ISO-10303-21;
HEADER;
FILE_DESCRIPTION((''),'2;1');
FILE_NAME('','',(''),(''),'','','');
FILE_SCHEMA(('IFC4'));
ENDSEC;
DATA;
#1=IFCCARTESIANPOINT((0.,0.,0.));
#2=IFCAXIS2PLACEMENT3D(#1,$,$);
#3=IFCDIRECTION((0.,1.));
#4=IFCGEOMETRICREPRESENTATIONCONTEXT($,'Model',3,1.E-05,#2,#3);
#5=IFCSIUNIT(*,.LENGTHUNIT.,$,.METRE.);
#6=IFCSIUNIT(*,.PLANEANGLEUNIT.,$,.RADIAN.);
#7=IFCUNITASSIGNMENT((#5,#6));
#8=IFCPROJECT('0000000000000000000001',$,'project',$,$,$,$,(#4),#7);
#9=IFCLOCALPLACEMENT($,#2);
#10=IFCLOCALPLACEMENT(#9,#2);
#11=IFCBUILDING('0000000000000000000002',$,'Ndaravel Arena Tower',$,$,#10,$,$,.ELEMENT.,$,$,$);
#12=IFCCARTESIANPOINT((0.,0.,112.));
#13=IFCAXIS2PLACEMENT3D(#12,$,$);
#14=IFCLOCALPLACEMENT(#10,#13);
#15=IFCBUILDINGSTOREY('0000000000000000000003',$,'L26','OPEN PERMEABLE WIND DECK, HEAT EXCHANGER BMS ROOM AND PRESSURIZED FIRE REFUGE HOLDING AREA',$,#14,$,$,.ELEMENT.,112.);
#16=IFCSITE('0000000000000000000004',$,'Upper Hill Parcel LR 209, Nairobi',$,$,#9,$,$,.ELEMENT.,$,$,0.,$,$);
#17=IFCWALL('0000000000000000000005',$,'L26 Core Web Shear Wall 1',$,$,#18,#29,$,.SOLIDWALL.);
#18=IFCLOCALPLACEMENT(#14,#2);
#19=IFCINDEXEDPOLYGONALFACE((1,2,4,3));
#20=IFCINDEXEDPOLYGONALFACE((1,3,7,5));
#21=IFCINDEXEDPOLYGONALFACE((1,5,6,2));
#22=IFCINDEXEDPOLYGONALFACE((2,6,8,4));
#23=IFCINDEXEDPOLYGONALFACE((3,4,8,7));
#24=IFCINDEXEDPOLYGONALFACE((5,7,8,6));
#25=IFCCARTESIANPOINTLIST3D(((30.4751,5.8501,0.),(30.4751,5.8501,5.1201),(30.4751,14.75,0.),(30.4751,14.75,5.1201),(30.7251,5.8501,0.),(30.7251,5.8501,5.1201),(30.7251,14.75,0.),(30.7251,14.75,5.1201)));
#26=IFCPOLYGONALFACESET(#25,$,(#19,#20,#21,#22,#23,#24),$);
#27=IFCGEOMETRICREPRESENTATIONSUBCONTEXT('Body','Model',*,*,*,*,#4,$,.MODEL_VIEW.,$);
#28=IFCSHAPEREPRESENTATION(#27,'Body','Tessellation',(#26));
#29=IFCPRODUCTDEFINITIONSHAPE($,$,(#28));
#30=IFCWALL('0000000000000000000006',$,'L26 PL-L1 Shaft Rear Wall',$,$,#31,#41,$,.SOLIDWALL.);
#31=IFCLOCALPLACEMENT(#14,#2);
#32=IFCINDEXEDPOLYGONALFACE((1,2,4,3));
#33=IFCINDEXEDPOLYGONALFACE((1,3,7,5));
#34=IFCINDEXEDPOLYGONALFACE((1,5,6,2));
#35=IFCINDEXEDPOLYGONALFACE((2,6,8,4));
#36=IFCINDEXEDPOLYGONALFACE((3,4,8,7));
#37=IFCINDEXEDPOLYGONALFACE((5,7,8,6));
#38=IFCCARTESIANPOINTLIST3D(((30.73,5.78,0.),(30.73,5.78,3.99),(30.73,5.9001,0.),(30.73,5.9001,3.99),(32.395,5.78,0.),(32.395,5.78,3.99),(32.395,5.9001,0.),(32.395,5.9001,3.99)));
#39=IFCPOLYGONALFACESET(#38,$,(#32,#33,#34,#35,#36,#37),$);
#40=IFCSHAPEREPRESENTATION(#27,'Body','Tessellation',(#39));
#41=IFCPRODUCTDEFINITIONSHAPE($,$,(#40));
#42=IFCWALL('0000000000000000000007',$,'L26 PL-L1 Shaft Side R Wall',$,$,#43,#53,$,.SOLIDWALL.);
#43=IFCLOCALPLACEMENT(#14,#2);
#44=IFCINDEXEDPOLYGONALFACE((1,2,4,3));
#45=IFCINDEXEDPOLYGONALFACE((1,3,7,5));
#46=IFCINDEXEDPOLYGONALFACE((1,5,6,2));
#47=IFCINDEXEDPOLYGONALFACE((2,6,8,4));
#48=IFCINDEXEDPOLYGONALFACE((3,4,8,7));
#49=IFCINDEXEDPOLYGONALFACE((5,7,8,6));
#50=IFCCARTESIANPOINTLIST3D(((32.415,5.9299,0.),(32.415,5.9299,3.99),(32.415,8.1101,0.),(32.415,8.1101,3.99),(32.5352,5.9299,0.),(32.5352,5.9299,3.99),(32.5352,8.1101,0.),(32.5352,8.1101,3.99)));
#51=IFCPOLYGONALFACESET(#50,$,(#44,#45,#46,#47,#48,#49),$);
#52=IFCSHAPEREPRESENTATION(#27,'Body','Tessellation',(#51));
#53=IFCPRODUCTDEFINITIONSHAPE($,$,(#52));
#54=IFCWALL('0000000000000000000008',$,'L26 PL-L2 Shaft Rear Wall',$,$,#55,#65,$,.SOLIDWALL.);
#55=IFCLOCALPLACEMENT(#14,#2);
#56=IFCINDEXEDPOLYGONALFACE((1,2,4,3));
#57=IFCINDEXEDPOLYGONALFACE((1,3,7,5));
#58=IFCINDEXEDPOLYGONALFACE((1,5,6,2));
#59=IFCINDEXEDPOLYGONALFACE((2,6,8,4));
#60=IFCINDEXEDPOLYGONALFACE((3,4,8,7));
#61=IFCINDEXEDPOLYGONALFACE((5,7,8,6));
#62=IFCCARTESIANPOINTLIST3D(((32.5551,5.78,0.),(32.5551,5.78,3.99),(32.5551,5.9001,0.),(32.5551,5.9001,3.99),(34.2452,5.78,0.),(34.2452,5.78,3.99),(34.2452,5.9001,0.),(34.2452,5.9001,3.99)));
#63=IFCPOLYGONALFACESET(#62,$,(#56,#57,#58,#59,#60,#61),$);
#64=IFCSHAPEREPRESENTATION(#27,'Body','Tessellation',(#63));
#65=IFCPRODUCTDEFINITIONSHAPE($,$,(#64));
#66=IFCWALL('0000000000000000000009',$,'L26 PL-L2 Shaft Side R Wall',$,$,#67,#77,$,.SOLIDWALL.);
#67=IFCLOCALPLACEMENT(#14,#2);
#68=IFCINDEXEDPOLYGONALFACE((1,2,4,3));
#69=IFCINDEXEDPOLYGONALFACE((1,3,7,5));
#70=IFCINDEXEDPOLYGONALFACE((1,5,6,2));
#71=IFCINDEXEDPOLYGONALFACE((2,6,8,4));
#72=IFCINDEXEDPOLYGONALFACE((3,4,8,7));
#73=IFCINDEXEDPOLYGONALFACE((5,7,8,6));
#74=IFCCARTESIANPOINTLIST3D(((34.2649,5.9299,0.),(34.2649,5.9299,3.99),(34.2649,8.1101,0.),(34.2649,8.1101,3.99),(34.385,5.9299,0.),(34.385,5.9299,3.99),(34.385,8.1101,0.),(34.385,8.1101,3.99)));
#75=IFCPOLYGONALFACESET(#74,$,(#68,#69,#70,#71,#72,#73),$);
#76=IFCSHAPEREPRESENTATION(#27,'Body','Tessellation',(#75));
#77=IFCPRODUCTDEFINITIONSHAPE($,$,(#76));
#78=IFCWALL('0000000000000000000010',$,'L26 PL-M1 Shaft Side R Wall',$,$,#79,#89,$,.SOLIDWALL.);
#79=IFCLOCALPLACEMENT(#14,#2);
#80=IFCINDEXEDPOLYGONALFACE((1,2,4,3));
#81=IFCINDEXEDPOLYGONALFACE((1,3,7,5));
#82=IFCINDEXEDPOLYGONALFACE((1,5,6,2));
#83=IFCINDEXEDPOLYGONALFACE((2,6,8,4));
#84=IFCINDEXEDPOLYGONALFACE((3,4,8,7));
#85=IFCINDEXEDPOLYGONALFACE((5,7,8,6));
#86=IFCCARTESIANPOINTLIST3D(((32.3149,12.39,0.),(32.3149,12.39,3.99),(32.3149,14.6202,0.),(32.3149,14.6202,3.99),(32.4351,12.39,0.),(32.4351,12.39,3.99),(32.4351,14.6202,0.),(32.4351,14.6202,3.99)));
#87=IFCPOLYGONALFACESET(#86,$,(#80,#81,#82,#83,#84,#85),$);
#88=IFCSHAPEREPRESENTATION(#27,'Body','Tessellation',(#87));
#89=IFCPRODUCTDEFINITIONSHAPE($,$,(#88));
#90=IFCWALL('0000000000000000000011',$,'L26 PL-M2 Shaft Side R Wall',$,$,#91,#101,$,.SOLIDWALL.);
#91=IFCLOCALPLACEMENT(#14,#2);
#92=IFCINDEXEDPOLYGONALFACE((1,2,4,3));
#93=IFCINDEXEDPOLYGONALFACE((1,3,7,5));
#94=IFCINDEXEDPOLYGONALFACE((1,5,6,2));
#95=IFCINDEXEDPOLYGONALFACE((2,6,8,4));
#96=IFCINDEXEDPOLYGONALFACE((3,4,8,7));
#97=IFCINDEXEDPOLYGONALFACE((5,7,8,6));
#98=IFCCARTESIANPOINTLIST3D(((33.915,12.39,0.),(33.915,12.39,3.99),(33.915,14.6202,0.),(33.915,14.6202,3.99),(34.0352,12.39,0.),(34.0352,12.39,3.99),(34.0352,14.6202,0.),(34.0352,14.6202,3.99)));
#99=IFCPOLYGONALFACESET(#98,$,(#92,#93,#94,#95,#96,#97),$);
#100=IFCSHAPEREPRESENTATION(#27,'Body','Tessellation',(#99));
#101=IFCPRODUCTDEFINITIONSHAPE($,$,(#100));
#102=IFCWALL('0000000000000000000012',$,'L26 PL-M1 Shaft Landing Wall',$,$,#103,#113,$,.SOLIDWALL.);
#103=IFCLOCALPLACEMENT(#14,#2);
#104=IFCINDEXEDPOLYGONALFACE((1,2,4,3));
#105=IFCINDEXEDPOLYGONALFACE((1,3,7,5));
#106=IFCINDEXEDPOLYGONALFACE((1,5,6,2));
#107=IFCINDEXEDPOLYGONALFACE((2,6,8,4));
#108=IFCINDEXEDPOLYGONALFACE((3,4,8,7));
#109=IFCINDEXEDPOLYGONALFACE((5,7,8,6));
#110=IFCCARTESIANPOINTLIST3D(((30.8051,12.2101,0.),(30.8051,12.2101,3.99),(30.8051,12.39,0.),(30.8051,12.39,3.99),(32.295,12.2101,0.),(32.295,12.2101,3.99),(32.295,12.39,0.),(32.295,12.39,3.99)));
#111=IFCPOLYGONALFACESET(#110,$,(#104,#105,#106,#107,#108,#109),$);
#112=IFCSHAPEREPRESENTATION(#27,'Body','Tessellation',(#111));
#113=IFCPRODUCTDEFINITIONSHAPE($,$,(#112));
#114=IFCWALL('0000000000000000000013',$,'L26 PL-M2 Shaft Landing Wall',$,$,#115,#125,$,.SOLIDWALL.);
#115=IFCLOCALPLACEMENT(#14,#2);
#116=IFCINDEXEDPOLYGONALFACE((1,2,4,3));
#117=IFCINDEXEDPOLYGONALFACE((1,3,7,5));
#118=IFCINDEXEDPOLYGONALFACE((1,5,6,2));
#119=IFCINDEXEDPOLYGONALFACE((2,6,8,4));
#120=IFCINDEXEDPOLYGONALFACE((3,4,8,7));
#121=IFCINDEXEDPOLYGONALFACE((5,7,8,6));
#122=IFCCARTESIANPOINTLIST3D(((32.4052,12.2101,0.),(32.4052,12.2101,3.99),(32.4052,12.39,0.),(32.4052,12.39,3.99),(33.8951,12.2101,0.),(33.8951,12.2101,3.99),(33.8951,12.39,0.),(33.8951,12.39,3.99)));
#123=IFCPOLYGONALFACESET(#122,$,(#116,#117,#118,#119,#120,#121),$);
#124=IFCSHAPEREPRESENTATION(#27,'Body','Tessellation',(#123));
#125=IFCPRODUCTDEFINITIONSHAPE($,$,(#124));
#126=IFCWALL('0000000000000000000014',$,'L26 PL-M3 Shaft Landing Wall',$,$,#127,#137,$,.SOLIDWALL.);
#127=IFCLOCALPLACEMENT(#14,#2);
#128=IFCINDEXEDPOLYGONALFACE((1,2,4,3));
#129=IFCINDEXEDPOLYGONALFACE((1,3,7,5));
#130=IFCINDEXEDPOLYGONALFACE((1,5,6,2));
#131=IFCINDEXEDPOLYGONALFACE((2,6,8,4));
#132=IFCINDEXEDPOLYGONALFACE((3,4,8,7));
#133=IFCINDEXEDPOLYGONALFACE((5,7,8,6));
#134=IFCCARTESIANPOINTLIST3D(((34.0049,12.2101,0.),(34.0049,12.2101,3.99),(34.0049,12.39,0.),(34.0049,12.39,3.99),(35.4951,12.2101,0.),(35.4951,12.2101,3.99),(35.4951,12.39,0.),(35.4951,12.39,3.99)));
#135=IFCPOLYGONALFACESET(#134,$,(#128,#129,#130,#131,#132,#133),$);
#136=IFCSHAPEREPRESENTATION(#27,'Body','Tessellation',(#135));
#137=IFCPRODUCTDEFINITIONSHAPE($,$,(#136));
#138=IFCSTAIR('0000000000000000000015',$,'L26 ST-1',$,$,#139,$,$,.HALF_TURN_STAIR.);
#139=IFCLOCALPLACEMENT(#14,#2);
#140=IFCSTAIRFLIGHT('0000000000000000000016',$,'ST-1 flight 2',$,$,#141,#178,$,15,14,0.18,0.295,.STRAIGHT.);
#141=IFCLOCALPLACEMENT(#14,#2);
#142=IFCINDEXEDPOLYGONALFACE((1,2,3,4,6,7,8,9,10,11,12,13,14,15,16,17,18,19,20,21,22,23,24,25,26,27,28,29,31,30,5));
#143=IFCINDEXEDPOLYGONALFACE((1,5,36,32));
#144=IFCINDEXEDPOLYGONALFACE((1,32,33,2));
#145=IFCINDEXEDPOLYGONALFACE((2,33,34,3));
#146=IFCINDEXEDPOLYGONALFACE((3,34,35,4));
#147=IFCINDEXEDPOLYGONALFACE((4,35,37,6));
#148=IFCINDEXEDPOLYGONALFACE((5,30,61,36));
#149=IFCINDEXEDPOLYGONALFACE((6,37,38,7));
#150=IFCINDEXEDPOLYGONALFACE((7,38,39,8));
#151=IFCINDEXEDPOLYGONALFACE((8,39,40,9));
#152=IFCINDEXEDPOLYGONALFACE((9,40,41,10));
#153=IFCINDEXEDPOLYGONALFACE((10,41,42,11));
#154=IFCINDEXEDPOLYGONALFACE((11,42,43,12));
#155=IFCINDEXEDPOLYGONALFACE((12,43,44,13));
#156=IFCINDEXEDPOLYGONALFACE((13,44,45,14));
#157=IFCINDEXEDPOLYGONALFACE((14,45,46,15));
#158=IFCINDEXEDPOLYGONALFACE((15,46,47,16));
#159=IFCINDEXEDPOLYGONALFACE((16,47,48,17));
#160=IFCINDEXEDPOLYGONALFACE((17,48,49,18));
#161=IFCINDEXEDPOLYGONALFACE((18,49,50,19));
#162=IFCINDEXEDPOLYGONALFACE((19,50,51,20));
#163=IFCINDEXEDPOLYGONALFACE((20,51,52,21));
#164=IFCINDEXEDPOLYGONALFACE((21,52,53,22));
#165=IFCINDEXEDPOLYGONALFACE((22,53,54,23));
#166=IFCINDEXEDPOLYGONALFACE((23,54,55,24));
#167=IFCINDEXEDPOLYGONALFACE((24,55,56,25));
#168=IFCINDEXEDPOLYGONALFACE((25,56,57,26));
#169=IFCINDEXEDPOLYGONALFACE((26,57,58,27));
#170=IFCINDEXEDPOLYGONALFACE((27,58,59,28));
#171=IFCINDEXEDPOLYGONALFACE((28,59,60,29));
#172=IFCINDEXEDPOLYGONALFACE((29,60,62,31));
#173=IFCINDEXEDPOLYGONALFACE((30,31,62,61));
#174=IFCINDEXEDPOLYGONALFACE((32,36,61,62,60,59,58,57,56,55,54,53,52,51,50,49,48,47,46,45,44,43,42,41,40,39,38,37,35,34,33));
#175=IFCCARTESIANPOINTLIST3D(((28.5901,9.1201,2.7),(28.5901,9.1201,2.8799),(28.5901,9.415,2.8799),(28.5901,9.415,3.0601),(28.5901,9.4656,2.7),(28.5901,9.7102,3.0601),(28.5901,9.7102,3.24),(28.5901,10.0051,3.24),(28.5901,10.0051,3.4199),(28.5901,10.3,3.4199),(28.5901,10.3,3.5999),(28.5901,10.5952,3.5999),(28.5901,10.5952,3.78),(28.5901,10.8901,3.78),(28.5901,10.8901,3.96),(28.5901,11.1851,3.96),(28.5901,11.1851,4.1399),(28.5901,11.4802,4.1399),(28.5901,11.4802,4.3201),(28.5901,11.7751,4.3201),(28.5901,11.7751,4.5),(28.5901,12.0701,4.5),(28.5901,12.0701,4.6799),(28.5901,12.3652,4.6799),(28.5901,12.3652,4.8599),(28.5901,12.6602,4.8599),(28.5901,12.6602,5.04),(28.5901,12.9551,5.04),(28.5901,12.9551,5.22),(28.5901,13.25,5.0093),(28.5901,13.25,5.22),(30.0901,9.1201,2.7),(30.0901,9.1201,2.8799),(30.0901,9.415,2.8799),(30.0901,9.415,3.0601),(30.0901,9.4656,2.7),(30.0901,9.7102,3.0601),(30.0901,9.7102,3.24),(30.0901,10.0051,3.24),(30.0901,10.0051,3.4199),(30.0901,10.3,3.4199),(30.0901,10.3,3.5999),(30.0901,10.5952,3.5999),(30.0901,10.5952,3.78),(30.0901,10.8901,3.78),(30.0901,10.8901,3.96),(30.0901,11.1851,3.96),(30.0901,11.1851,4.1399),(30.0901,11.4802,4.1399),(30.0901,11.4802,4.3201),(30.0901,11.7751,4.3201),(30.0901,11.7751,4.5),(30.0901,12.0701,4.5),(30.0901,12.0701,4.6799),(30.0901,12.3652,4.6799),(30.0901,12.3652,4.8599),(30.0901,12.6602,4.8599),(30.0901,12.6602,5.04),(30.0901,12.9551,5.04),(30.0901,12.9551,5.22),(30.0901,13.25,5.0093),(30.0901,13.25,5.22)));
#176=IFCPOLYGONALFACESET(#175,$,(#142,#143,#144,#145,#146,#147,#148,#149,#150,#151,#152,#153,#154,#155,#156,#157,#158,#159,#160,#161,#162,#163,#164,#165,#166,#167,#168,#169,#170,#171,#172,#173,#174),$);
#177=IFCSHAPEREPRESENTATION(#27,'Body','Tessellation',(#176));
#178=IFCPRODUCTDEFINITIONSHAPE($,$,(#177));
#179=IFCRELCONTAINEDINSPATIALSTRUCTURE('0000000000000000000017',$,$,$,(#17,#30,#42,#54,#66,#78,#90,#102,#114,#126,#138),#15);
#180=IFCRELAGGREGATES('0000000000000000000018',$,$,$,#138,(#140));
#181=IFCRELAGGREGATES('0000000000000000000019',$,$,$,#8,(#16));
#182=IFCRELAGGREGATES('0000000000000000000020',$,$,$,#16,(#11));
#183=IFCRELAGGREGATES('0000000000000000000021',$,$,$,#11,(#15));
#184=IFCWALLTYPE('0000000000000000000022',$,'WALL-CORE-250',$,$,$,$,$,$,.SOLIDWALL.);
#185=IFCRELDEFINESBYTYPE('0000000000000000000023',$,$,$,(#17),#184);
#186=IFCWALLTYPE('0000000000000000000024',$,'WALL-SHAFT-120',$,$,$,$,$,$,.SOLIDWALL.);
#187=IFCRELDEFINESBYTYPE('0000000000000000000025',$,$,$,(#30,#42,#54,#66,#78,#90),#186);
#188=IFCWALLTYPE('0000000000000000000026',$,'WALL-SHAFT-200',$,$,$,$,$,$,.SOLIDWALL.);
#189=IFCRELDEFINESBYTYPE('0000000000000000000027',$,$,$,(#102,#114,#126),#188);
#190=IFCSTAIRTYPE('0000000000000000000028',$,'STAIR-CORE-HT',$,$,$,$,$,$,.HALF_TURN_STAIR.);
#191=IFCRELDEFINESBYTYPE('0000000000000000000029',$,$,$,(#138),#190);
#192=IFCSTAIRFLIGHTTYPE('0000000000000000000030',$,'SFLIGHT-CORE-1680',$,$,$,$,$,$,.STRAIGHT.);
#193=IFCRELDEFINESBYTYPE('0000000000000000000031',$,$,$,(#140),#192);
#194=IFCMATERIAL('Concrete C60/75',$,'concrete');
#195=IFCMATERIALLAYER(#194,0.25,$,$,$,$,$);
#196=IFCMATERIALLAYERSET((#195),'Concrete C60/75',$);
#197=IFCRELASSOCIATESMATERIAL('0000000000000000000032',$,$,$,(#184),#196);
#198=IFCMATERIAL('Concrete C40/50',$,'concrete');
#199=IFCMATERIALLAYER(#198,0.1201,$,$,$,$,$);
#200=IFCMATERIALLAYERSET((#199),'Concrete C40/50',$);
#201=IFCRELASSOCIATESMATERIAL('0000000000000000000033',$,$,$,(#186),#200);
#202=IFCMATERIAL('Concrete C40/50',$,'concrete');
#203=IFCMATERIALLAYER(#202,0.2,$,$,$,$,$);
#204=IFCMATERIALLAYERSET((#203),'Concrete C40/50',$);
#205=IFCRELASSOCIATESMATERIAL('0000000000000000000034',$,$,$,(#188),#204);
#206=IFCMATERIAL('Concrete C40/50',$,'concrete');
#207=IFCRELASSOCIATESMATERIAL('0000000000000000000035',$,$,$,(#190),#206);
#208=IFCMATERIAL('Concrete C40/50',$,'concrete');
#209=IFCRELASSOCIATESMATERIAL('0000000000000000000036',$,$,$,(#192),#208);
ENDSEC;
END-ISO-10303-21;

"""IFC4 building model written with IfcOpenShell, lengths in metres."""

from ifc_helpers import new_model, si_unit, direction, frame, frame_2d, origin, place, context, subcontext, project, spatial, polyline, rectangle, outline, extrude, material, layer, layer_set, type_object, element, aggregate, save


model = new_model("IFC4")

# Units and contexts
model_context = context("Model", 3, precision=1e-05, world=origin(), true_north=direction((0.0, 1.0)))
body_context = subcontext(model_context, "Body", "Model", "MODEL_VIEW")
ifc_project = project(units=[si_unit("LENGTHUNIT", "METRE"), si_unit("PLANEANGLEUNIT", "RADIAN")], contexts=[model_context])

# Site, building, storey
site_placement = place(None, origin())
site = spatial("IfcSite", under=ifc_project, at=site_placement, Name="Upper Hill Parcel LR 209, Nairobi", CompositionType="ELEMENT", RefElevation=0.0)
building_placement = place(site_placement, origin())
building = spatial("IfcBuilding", under=site, at=building_placement, Name="Ndaravel Arena Tower", CompositionType="ELEMENT")
storey_placement = place(building_placement, frame((0.0, 0.0, 112.0)))
storey = spatial("IfcBuildingStorey", under=building, at=storey_placement, Name="L26", Description="OPEN PERMEABLE WIND DECK, HEAT EXCHANGER BMS ROOM AND PRESSURIZED FIRE REFUGE HOLDING AREA", CompositionType="ELEMENT", Elevation=112.0)

# Walls
ifc_material_1 = material(Name="Concrete C60/75", Category="concrete")
ifc_layer_1 = layer(ifc_material_1, 0.25)
ifc_layer_set_1 = layer_set([ifc_layer_1], Name="Concrete C60/75")
wall_type_1 = type_object("IfcWallType", Name="WALL-CORE-250", PredefinedType="SOLIDWALL", material=ifc_layer_set_1)
wall_1_placement = place(storey_placement, frame((30.6001, 5.8501, 0.0), z_axis=(0.0, 0.0, 1.0), x_axis=(0.0, 1.0, 0.0)))
element("IfcWall", 1, at=wall_1_placement, inside=storey, type_object=wall_type_1, Name="L26 Core Web Shear Wall 1", PredefinedType="SOLIDWALL", context=body_context, shape_type="SweptSolid", body=[
    extrude(rectangle(XDim=8.8999, YDim=0.25, at=frame_2d((4.45, 0.0))), origin(), (0.0, 0.0, 1.0), 5.1201),
])
ifc_material_2 = material(Name="Concrete C40/50", Category="concrete")
ifc_layer_2 = layer(ifc_material_2, 0.1201)
ifc_layer_set_2 = layer_set([ifc_layer_2], Name="Concrete C40/50")
wall_type_2 = type_object("IfcWallType", Name="WALL-SHAFT-120", PredefinedType="SOLIDWALL", material=ifc_layer_set_2)
wall_2_placement = place(storey_placement, frame((30.73, 5.8401, 0.0), z_axis=(0.0, 0.0, 1.0), x_axis=(1.0, 0.0, 0.0)))
element("IfcWall", 2, at=wall_2_placement, inside=storey, type_object=wall_type_2, Name="L26 PL-L1 Shaft Rear Wall", PredefinedType="SOLIDWALL", context=body_context, shape_type="SweptSolid", body=[
    extrude(rectangle(XDim=1.665, YDim=0.1201, at=frame_2d((0.8325, 0.0))), origin(), (0.0, 0.0, 1.0), 3.99),
])
wall_3_placement = place(storey_placement, frame((32.4751, 5.9299, 0.0), z_axis=(0.0, 0.0, 1.0), x_axis=(0.0, 1.0, 0.0)))
element("IfcWall", 3, at=wall_3_placement, inside=storey, type_object=wall_type_2, Name="L26 PL-L1 Shaft Side R Wall", PredefinedType="SOLIDWALL", context=body_context, shape_type="SweptSolid", body=[
    extrude(rectangle(XDim=2.1802, YDim=0.1201, at=frame_2d((1.0901, 0.0))), origin(), (0.0, 0.0, 1.0), 3.99),
])
wall_4_placement = place(storey_placement, frame((32.5549, 5.8401, 0.0), z_axis=(0.0, 0.0, 1.0), x_axis=(1.0, 0.0, 0.0)))
element("IfcWall", 4, at=wall_4_placement, inside=storey, type_object=wall_type_2, Name="L26 PL-L2 Shaft Rear Wall", PredefinedType="SOLIDWALL", context=body_context, shape_type="SweptSolid", body=[
    extrude(rectangle(XDim=1.6902, YDim=0.1201, at=frame_2d((0.8452, 0.0))), origin(), (0.0, 0.0, 1.0), 3.99),
])
wall_5_placement = place(storey_placement, frame((34.325, 5.9299, 0.0), z_axis=(0.0, 0.0, 1.0), x_axis=(0.0, 1.0, 0.0)))
element("IfcWall", 5, at=wall_5_placement, inside=storey, type_object=wall_type_2, Name="L26 PL-L2 Shaft Side R Wall", PredefinedType="SOLIDWALL", context=body_context, shape_type="SweptSolid", body=[
    extrude(rectangle(XDim=2.1802, YDim=0.1201, at=frame_2d((1.0901, 0.0))), origin(), (0.0, 0.0, 1.0), 3.99),
])
for number, where, z_axis, x_axis, name in (
    (6, (32.375, 12.3899, 0.0), (0.0, 0.0, 1.0), (0.0, 1.0, 0.0), "L26 PL-M1 Shaft Side R Wall"),
    (7, (33.9751, 12.3899, 0.0), (0.0, 0.0, 1.0), (0.0, 1.0, 0.0), "L26 PL-M2 Shaft Side R Wall"),
):
    element("IfcWall", number, at=place(storey_placement, frame(where, z_axis=z_axis, x_axis=x_axis)), inside=storey, type_object=wall_type_2, Name=name, PredefinedType="SOLIDWALL", context=body_context, shape_type="SweptSolid", body=[
        extrude(rectangle(XDim=2.2302, YDim=0.1201, at=frame_2d((1.1152, 0.0))), origin(), (0.0, 0.0, 1.0), 3.99),
    ])

# Shared definitions
ifc_material_3 = material(Name="Concrete C40/50", Category="concrete")
ifc_layer_3 = layer(ifc_material_3, 0.2)
ifc_layer_set_3 = layer_set([ifc_layer_3], Name="Concrete C40/50")
wall_type_3 = type_object("IfcWallType", Name="WALL-SHAFT-200", PredefinedType="SOLIDWALL", material=ifc_layer_set_3)

# Walls
for number, where, z_axis, x_axis, name in (
    (8, (30.8049, 12.3, 0.0), (0.0, 0.0, 1.0), (1.0, 0.0, 0.0), "L26 PL-M1 Shaft Landing Wall"),
    (9, (32.405, 12.3, 0.0), (0.0, 0.0, 1.0), (1.0, 0.0, 0.0), "L26 PL-M2 Shaft Landing Wall"),
):
    element("IfcWall", number, at=place(storey_placement, frame(where, z_axis=z_axis, x_axis=x_axis)), inside=storey, type_object=wall_type_3, Name=name, PredefinedType="SOLIDWALL", context=body_context, shape_type="SweptSolid", body=[
        extrude(rectangle(XDim=1.49, YDim=0.1799, at=frame_2d((0.7451, 0.0))), origin(), (0.0, 0.0, 1.0), 3.99),
    ])
wall_6_placement = place(storey_placement, frame((34.0049, 12.3, 0.0), z_axis=(0.0, 0.0, 1.0), x_axis=(1.0, 0.0, 0.0)))
element("IfcWall", 10, at=wall_6_placement, inside=storey, type_object=wall_type_3, Name="L26 PL-M3 Shaft Landing Wall", PredefinedType="SOLIDWALL", context=body_context, shape_type="SweptSolid", body=[
    extrude(rectangle(XDim=1.4902, YDim=0.1799, at=frame_2d((0.7451, 0.0))), origin(), (0.0, 0.0, 1.0), 3.99),
])

# Stair, stair flight
ifc_material_4 = material(Name="Concrete C40/50", Category="concrete")
stair_type = type_object("IfcStairType", Name="STAIR-CORE-HT", PredefinedType="HALF_TURN_STAIR", material=ifc_material_4)
stair_placement = place(storey_placement, origin())
stair = element("IfcStair", 11, at=stair_placement, inside=storey, type_object=stair_type, Name="L26 ST-1", PredefinedType="HALF_TURN_STAIR")
ifc_material_5 = material(Name="Concrete C40/50", Category="concrete")
stair_flight_type = type_object("IfcStairFlightType", Name="SFLIGHT-CORE-1680", PredefinedType="STRAIGHT", material=ifc_material_5)
stair_flight_placement = place(storey_placement, frame((29.3401, 9.1201, 2.7), z_axis=(0.0, 0.0, 1.0), x_axis=(0.0, 1.0, 0.0)))
stair_flight = element("IfcStairFlight", 12, at=stair_flight_placement, type_object=stair_flight_type, Name="ST-1 flight 2", NumberOfRisers=15, NumberOfTreads=14, PredefinedType="STRAIGHT", RiserHeight=0.18, TreadLength=0.295, context=body_context, shape_type="SweptSolid", body=[
    extrude(outline(polyline([(0.0, 0.0), (0.0, 0.1799), (0.2949, 0.1799), (0.2949, 0.3601), (0.5901, 0.3601), (0.5901, 0.54), (0.885, 0.54), (0.885, 0.72), (1.1799, 0.72), (1.1799, 0.8999), (1.4751, 0.8999), (1.4751, 1.0801), (1.77, 1.0801), (1.77, 1.26), (2.0649, 1.26), (2.0649, 1.4399), (2.3601, 1.4399), (2.3601, 1.6201), (2.655, 1.6201), (2.655, 1.8), (2.95, 1.8), (2.95, 1.98), (3.2451, 1.98), (3.2451, 2.1599), (3.54, 2.1599), (3.54, 2.3401), (3.835, 2.3401), (3.835, 2.52), (4.1299, 2.52), (4.1299, 2.7), (4.1299, 2.3093), (0.3455, 0.0), (0.0, 0.0)])), frame((0.0, 0.75, 0.0), z_axis=(0.0, -1.0, 0.0), x_axis=(1.0, 0.0, 0.0)), (0.0, 0.0, 1.0), 1.5),
])
aggregate(stair, [stair_flight])

save(model, "model.ifc")
